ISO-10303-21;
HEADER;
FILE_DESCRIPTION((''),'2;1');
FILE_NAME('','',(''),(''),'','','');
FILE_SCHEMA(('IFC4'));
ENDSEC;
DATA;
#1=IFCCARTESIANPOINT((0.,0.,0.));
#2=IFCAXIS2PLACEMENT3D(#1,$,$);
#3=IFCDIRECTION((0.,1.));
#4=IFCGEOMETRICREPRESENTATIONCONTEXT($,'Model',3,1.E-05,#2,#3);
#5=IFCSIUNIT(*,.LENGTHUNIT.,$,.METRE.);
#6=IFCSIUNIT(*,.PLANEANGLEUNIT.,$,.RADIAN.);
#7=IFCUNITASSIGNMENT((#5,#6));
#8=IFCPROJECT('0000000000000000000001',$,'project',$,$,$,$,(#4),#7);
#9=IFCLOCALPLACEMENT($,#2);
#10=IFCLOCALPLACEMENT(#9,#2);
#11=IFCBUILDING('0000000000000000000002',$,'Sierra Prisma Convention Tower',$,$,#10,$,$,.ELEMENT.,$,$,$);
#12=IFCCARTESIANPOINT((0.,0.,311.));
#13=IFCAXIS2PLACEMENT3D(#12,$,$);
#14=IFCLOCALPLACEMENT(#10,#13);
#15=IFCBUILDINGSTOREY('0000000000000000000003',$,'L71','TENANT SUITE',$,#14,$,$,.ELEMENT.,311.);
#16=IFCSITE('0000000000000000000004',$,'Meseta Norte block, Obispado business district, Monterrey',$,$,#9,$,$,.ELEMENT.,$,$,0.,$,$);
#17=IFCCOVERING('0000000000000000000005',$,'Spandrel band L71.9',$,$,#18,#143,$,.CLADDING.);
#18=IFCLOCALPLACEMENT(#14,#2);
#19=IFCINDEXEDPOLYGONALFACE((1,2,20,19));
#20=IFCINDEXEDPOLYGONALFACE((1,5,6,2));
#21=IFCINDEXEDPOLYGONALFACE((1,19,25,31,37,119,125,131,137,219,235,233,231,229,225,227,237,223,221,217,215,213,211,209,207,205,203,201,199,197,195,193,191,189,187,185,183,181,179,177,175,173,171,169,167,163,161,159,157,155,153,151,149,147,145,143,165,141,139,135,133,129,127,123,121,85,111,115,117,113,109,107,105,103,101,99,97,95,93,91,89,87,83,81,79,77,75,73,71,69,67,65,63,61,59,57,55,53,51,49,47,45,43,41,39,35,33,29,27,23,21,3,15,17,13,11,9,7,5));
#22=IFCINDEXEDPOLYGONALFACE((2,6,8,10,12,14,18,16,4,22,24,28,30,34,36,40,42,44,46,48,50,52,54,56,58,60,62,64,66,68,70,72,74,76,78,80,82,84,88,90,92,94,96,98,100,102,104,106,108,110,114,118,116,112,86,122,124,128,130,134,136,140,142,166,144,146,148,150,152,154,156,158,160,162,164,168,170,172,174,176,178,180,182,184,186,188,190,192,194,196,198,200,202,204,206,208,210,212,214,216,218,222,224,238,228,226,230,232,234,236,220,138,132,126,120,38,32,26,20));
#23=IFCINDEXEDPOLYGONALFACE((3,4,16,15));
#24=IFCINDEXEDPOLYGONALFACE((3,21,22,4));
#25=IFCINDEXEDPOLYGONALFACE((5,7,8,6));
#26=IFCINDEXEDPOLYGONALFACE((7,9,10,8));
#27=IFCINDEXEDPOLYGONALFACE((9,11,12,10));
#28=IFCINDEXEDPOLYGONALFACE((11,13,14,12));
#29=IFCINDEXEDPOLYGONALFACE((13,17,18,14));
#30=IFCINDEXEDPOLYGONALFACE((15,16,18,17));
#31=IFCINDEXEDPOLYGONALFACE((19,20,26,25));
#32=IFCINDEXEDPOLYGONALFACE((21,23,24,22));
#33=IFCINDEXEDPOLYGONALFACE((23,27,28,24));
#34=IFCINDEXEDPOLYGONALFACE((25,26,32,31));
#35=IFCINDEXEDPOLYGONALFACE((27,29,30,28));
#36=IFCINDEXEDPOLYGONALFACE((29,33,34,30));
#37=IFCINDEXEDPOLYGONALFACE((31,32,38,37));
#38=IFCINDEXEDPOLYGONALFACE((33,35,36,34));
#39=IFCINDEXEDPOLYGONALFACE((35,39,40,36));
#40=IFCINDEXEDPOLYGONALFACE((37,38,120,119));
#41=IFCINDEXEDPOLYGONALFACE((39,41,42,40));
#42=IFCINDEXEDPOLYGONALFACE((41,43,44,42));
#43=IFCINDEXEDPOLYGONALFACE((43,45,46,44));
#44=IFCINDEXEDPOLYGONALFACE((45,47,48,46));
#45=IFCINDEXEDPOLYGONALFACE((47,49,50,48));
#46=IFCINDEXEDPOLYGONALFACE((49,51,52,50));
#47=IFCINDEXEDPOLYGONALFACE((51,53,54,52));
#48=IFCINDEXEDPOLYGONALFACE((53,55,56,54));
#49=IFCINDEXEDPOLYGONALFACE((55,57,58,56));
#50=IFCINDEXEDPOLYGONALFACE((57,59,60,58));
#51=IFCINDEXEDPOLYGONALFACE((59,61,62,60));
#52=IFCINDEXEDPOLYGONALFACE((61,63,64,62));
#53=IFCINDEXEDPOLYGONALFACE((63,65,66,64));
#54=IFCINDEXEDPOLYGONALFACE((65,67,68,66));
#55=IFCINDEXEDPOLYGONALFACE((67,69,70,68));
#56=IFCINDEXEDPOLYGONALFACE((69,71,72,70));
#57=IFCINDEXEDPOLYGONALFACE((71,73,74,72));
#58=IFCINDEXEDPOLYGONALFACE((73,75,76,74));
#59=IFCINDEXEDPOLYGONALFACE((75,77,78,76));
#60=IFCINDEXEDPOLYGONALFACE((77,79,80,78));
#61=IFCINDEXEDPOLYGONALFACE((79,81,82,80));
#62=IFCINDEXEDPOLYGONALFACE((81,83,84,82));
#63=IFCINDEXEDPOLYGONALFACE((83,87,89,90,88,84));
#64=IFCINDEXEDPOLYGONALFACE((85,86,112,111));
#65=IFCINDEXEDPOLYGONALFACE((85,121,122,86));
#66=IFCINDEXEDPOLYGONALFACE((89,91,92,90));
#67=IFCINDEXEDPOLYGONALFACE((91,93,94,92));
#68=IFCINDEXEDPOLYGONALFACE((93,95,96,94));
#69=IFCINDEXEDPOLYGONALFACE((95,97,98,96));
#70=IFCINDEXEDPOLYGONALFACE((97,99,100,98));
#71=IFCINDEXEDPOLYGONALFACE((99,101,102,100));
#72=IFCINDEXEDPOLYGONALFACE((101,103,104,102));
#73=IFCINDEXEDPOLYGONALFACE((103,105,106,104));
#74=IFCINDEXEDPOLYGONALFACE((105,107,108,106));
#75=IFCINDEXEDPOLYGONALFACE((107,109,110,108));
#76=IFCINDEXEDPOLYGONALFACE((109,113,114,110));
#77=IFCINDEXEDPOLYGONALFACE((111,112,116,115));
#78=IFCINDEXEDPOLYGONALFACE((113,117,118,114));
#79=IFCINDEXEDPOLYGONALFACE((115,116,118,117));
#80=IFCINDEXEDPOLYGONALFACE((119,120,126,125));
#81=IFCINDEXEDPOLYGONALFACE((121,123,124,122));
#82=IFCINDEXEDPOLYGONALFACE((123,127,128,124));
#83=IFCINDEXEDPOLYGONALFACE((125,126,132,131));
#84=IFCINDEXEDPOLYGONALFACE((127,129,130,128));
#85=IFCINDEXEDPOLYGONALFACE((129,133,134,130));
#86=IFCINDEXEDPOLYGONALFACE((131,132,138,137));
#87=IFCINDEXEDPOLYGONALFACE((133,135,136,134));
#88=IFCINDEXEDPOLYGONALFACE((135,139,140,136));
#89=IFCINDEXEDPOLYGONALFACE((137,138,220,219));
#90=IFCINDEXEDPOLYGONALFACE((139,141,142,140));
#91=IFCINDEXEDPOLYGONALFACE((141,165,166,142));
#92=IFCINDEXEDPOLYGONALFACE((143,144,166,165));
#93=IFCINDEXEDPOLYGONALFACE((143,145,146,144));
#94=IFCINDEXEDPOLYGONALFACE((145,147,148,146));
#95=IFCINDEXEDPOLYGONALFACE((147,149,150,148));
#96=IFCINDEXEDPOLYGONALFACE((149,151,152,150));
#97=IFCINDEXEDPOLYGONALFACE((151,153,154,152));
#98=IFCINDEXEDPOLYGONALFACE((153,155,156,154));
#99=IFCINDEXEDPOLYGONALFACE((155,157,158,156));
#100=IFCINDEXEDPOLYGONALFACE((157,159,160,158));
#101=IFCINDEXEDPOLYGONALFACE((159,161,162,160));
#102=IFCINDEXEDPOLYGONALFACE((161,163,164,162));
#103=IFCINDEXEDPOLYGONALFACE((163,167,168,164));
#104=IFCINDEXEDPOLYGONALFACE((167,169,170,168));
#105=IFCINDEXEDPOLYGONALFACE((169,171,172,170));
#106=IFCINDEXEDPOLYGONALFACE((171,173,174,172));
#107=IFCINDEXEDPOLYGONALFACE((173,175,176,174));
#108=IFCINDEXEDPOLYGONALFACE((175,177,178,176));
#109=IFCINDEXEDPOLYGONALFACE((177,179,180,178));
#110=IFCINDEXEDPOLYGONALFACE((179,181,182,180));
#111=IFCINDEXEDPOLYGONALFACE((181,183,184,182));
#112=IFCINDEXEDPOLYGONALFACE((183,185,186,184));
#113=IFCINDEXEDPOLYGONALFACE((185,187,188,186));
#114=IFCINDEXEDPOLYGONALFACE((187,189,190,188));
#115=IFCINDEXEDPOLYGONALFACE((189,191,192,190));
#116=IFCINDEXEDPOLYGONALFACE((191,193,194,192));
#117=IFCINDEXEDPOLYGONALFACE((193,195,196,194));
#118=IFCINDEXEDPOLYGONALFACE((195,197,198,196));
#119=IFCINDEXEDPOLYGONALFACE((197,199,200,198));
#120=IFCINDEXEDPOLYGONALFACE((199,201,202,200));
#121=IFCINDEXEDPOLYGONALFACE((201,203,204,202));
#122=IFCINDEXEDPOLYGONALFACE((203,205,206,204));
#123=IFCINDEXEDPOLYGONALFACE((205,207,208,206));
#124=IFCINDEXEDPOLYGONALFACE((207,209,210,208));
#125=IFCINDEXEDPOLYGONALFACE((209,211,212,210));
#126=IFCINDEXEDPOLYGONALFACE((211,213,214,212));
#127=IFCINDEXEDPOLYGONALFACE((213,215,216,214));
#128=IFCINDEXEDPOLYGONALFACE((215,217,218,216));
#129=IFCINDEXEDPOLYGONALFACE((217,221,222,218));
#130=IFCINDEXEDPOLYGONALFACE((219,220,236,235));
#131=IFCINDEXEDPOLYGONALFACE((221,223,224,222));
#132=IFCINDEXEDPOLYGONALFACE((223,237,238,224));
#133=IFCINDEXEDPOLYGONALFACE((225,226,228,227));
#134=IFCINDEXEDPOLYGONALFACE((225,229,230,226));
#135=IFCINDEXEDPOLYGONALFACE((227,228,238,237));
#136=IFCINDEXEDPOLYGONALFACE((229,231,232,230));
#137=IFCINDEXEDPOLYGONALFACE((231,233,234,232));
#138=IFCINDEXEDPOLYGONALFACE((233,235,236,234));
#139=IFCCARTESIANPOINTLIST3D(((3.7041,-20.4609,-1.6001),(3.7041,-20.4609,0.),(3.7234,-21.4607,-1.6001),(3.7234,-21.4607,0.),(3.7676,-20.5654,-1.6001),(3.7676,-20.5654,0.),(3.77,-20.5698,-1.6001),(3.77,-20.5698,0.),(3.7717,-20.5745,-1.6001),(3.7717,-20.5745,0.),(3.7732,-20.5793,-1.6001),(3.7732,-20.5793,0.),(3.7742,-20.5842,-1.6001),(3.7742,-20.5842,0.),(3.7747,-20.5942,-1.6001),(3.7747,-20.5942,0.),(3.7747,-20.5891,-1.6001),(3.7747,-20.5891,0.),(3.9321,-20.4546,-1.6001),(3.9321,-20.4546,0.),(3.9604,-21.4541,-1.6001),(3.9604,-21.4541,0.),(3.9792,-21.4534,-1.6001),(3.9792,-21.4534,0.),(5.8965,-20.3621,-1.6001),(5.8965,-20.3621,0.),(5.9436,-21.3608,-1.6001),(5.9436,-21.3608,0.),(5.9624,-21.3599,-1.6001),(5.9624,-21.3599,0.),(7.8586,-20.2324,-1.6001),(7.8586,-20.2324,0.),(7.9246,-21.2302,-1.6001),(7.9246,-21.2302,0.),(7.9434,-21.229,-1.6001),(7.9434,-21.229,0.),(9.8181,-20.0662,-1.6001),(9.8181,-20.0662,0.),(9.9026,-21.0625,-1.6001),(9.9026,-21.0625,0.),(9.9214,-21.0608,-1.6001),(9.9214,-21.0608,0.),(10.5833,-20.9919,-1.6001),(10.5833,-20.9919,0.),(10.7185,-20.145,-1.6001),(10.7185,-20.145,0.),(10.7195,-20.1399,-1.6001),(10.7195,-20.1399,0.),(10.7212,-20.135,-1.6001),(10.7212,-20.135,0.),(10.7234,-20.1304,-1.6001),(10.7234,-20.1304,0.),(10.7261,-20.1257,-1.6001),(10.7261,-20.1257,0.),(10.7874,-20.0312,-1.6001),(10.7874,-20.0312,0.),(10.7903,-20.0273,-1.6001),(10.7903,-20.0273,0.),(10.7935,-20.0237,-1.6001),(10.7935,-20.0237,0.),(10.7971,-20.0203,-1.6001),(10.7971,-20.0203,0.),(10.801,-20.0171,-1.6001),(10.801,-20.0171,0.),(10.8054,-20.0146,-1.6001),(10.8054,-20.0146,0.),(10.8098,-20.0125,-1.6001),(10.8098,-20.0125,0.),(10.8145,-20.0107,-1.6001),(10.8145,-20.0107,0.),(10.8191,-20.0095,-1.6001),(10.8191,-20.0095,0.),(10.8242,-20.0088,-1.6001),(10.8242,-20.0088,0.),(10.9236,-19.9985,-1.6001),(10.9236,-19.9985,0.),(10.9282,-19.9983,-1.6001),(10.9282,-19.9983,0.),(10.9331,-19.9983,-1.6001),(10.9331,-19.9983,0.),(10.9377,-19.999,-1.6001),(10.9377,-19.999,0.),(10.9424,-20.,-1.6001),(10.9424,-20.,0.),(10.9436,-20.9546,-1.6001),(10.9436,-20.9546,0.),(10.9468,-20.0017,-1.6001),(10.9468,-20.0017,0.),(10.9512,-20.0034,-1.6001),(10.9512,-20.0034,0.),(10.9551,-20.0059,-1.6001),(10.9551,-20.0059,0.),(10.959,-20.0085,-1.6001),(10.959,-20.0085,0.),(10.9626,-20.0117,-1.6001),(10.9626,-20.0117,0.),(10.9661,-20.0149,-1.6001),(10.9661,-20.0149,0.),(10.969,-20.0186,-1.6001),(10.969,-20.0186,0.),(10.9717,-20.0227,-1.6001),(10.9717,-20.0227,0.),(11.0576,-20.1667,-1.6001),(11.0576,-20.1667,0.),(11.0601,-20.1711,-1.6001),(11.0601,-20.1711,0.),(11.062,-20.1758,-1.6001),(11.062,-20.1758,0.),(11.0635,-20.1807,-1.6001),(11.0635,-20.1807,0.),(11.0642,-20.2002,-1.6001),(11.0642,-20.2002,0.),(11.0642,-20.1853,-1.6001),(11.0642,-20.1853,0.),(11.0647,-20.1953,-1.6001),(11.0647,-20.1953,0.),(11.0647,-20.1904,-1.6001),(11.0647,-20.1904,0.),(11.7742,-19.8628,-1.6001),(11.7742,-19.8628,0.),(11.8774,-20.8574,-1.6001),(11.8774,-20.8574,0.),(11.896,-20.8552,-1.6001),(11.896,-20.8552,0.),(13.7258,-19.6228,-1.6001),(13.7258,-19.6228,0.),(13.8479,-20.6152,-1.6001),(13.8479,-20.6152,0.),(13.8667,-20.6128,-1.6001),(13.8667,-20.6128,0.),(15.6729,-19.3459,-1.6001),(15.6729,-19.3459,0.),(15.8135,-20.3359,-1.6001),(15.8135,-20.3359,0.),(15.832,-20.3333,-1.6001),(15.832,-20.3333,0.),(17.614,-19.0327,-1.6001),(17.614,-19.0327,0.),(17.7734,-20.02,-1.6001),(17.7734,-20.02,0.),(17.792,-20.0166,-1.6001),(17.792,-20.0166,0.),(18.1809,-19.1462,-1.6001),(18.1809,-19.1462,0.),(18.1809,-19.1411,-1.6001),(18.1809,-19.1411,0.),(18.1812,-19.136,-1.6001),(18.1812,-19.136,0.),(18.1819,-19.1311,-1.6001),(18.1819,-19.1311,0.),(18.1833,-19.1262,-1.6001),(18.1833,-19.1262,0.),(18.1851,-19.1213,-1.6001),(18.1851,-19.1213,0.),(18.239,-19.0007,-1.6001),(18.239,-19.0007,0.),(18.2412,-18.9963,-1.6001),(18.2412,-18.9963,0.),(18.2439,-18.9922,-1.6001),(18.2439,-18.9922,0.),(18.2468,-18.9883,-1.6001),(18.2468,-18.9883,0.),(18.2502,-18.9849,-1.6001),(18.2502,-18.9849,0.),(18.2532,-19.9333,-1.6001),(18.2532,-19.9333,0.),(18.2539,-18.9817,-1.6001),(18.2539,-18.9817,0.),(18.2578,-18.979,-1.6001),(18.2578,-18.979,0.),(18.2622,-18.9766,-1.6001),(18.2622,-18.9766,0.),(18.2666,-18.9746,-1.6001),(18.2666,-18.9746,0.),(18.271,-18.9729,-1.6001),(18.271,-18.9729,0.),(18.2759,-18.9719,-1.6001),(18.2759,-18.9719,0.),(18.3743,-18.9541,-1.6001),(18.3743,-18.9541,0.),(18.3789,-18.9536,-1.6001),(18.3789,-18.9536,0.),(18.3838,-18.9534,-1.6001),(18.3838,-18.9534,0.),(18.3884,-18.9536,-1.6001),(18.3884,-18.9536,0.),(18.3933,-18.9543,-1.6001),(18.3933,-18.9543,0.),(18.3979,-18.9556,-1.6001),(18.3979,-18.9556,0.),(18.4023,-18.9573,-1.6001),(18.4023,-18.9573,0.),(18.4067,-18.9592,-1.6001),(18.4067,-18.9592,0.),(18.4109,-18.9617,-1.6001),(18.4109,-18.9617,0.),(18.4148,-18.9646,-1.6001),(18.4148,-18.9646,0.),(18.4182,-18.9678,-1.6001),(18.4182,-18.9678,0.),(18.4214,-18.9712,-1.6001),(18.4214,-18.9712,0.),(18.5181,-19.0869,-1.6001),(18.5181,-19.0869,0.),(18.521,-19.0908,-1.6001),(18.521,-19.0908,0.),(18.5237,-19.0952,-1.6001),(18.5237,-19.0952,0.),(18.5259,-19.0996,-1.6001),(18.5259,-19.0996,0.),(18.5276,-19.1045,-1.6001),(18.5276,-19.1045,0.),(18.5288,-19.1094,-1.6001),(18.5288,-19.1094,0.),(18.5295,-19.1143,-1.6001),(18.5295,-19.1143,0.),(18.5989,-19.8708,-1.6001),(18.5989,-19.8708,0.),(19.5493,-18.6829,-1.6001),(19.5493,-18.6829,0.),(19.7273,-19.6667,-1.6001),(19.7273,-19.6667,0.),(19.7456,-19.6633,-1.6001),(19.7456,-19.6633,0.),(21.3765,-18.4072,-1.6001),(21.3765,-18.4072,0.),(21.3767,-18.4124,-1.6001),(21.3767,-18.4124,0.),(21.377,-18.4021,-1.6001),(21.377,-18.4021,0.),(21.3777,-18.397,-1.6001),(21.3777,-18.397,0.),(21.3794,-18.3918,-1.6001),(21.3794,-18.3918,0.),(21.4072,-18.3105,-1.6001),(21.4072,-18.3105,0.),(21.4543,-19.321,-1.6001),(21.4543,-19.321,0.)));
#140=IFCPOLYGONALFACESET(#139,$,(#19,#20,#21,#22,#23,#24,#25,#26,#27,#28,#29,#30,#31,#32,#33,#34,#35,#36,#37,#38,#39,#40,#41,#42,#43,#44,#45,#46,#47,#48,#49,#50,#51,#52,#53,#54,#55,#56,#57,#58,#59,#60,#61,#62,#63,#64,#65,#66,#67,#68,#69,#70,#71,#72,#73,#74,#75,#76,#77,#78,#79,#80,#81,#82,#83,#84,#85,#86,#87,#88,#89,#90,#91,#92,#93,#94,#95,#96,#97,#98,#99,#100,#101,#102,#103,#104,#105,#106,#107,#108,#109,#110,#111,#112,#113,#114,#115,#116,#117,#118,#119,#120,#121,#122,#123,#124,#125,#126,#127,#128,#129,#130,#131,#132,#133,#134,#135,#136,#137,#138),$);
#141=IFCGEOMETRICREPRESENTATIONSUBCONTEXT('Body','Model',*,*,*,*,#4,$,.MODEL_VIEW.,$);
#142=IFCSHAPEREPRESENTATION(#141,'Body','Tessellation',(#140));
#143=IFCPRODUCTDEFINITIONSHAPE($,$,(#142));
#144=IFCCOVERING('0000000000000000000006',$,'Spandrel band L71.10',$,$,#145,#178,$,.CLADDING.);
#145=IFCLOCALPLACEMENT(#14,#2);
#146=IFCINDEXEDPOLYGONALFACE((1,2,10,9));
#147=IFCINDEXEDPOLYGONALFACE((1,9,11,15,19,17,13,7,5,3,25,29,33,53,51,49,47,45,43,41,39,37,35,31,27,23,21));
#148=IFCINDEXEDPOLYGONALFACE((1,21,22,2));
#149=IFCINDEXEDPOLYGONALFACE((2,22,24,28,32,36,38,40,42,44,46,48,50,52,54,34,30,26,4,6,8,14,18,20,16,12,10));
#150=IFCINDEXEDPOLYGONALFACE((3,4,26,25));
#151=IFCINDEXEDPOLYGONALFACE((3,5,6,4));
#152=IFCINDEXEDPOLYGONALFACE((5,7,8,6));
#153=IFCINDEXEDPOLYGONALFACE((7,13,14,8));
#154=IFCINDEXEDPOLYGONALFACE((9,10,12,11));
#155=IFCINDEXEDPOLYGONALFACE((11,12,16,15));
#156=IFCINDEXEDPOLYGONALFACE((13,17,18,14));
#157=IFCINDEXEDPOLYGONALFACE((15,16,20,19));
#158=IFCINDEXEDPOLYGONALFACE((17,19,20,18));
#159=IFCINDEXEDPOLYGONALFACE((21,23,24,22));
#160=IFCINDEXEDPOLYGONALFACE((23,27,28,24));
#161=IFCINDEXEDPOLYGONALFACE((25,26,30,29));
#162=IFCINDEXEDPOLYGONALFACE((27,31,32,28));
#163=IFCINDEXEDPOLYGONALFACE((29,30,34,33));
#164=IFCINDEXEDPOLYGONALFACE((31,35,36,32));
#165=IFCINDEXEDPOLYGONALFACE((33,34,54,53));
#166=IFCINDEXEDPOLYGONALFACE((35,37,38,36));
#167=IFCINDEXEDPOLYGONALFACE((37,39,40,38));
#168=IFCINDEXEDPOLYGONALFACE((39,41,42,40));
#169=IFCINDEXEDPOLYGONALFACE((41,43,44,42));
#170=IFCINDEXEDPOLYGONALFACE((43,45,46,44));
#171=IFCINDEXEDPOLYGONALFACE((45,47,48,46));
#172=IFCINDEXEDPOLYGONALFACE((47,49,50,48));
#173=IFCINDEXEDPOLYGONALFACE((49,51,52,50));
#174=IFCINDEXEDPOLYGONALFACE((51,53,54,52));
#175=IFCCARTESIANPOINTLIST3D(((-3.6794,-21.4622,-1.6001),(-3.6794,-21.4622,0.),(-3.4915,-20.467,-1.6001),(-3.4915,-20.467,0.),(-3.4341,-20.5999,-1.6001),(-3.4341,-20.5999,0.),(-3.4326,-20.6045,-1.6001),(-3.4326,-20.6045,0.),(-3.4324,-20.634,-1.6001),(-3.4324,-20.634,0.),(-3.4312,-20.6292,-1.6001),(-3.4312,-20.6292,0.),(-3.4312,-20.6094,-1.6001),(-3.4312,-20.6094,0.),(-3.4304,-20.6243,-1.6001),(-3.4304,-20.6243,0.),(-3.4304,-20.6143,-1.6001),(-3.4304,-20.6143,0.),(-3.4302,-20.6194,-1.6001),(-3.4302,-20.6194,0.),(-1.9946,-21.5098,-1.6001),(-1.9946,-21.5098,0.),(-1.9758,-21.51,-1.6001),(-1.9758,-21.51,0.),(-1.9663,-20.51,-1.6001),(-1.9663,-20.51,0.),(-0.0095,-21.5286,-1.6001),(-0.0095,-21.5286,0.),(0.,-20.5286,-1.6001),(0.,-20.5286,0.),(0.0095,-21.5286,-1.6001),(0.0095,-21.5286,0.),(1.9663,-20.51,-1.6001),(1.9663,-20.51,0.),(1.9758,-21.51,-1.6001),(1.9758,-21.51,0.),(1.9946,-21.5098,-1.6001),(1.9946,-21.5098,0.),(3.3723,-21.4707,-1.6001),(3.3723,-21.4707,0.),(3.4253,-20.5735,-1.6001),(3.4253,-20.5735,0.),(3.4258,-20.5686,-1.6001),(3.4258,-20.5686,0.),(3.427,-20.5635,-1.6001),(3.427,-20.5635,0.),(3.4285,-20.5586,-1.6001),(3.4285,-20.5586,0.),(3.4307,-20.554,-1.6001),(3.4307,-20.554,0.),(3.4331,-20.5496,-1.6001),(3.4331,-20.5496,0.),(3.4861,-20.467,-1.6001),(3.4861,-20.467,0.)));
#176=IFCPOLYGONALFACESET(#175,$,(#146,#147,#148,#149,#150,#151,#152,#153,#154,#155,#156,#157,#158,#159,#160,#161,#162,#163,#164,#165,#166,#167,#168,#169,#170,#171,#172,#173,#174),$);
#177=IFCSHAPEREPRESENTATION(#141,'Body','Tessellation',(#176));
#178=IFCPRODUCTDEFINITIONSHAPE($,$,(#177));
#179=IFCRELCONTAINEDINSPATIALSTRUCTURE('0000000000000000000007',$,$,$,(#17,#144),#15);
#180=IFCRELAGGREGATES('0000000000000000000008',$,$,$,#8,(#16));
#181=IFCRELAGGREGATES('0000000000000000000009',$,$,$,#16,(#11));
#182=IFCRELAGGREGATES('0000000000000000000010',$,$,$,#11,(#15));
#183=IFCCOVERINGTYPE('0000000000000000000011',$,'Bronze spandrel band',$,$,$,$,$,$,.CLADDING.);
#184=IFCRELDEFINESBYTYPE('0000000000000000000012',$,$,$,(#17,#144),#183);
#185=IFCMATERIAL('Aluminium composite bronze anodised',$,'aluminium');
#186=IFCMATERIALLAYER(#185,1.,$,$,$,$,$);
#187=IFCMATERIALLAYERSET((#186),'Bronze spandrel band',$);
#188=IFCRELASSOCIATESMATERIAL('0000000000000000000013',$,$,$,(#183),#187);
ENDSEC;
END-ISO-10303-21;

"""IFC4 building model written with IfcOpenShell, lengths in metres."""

from ifc_helpers import new_model, si_unit, direction, frame, origin, place, context, subcontext, project, spatial, polyline, outline, extrude, material, layer, layer_set, type_object, element, save


model = new_model("IFC4")

# Units and contexts
model_context = context("Model", 3, precision=1e-05, world=origin(), true_north=direction((0.0, 1.0)))
body_context = subcontext(model_context, "Body", "Model", "MODEL_VIEW")
ifc_project = project(units=[si_unit("LENGTHUNIT", "METRE"), si_unit("PLANEANGLEUNIT", "RADIAN")], contexts=[model_context])

# Site, building, storey
site_placement = place(None, origin())
site = spatial("IfcSite", under=ifc_project, at=site_placement, Name="Meseta Norte block, Obispado business district, Monterrey", CompositionType="ELEMENT", RefElevation=0.0)
building_placement = place(site_placement, origin())
building = spatial("IfcBuilding", under=site, at=building_placement, Name="Sierra Prisma Convention Tower", CompositionType="ELEMENT")
storey_placement = place(building_placement, frame((0.0, 0.0, 311.0)))
storey = spatial("IfcBuildingStorey", under=building, at=storey_placement, Name="L71", Description="TENANT SUITE", CompositionType="ELEMENT", Elevation=311.0)

# Coverings
ifc_material_1 = material(Name="Aluminium composite bronze anodised", Category="aluminium")
ifc_layer_1 = layer(ifc_material_1, 1.0)
ifc_layer_set_1 = layer_set([ifc_layer_1], Name="Bronze spandrel band")
covering_type_1 = type_object("IfcCoveringType", Name="Bronze spandrel band", PredefinedType="CLADDING", material=ifc_layer_set_1)
covering_1_placement = place(storey_placement, frame((0.0, 0.0, -1.6001)))
element("IfcCovering", 1, at=covering_1_placement, inside=storey, type_object=covering_type_1, Name="Spandrel band L71.9", PredefinedType="CLADDING", context=body_context, shape_type="SweptSolid", body=[
    extrude(outline(polyline([(18.3979, -18.9556), (18.3933, -18.9543), (18.3884, -18.9536), (18.3838, -18.9534), (18.3789, -18.9536), (18.3743, -18.9541), (18.2759, -18.9719), (18.271, -18.9729), (18.2666, -18.9746), (18.2622, -18.9766), (18.2578, -18.979), (18.2539, -18.9817), (18.2502, -18.9849), (18.2468, -18.9883), (18.2439, -18.9922), (18.2412, -18.9963), (18.239, -19.0007), (18.1851, -19.1213), (18.1833, -19.1262), (18.1819, -19.1311), (18.1812, -19.136), (18.1809, -19.1411), (18.1809, -19.1462), (18.2532, -19.9333), (17.792, -20.0166), (17.7734, -20.02), (15.832, -20.3333), (15.8135, -20.3359), (13.8667, -20.6128), (13.8479, -20.6152), (11.896, -20.8552), (11.8774, -20.8574), (10.9436, -20.9546), (11.0642, -20.2002), (11.0647, -20.1953), (11.0647, -20.1904), (11.0642, -20.1853), (11.0635, -20.1807), (11.062, -20.1758), (11.0601, -20.1711), (11.0576, -20.1667), (10.9717, -20.0227), (10.969, -20.0186), (10.9661, -20.0149), (10.9626, -20.0117), (10.959, -20.0085), (10.9551, -20.0059), (10.9512, -20.0034), (10.9468, -20.0017), (10.9424, -20.0), (10.9377, -19.999), (10.9331, -19.9983), (10.9282, -19.9983), (10.9236, -19.9985), (10.8242, -20.0088), (10.8191, -20.0095), (10.8145, -20.0107), (10.8098, -20.0125), (10.8054, -20.0146), (10.801, -20.0171), (10.7971, -20.0203), (10.7935, -20.0237), (10.7903, -20.0273), (10.7874, -20.0312), (10.7261, -20.1257), (10.7234, -20.1304), (10.7212, -20.135), (10.7195, -20.1399), (10.7185, -20.145), (10.5833, -20.9919), (9.9214, -21.0608), (9.9026, -21.0625), (7.9434, -21.229), (7.9246, -21.2302), (5.9624, -21.3599), (5.9436, -21.3608), (3.9792, -21.4534), (3.9604, -21.4541), (3.7234, -21.4607), (3.7747, -20.5942), (3.7747, -20.5891), (3.7742, -20.5842), (3.7732, -20.5793), (3.7717, -20.5745), (3.77, -20.5698), (3.7676, -20.5654), (3.7041, -20.4609), (3.9321, -20.4546), (5.8965, -20.3621), (7.8586, -20.2324), (9.8181, -20.0662), (11.7742, -19.8628), (13.7258, -19.6228), (15.6729, -19.3459), (17.614, -19.0327), (19.5493, -18.6829), (21.4072, -18.3105), (21.3794, -18.3918), (21.3777, -18.397), (21.377, -18.4021), (21.3765, -18.4072), (21.3767, -18.4124), (21.4543, -19.321), (19.7456, -19.6633), (19.7273, -19.6667), (18.5989, -19.8708), (18.5295, -19.1143), (18.5288, -19.1094), (18.5276, -19.1045), (18.5259, -19.0996), (18.5237, -19.0952), (18.521, -19.0908), (18.5181, -19.0869), (18.4214, -18.9712), (18.4182, -18.9678), (18.4148, -18.9646), (18.4109, -18.9617), (18.4067, -18.9592), (18.4023, -18.9573), (18.3979, -18.9556)])), origin(), (0.0, 0.0, 1.0), 1.6001),
])
covering_2_placement = place(storey_placement, frame((0.0, 0.0, -1.6001)))
element("IfcCovering", 2, at=covering_2_placement, inside=storey, type_object=covering_type_1, Name="Spandrel band L71.10", PredefinedType="CLADDING", context=body_context, shape_type="SweptSolid", body=[
    extrude(outline(polyline([(0.0, -20.5286), (1.9663, -20.51), (3.4861, -20.467), (3.4331, -20.5496), (3.4307, -20.554), (3.4285, -20.5586), (3.427, -20.5635), (3.4258, -20.5686), (3.4253, -20.5735), (3.3723, -21.4707), (1.9946, -21.5098), (1.9758, -21.51), (0.0095, -21.5286), (-0.0095, -21.5286), (-1.9758, -21.51), (-1.9946, -21.5098), (-3.6794, -21.4622), (-3.4324, -20.634), (-3.4312, -20.6292), (-3.4304, -20.6243), (-3.4302, -20.6194), (-3.4304, -20.6143), (-3.4312, -20.6094), (-3.4326, -20.6045), (-3.4341, -20.5999), (-3.4915, -20.467), (-1.9663, -20.51), (0.0, -20.5286)])), origin(), (0.0, 0.0, 1.0), 1.6001),
])

save(model, "model.ifc")
